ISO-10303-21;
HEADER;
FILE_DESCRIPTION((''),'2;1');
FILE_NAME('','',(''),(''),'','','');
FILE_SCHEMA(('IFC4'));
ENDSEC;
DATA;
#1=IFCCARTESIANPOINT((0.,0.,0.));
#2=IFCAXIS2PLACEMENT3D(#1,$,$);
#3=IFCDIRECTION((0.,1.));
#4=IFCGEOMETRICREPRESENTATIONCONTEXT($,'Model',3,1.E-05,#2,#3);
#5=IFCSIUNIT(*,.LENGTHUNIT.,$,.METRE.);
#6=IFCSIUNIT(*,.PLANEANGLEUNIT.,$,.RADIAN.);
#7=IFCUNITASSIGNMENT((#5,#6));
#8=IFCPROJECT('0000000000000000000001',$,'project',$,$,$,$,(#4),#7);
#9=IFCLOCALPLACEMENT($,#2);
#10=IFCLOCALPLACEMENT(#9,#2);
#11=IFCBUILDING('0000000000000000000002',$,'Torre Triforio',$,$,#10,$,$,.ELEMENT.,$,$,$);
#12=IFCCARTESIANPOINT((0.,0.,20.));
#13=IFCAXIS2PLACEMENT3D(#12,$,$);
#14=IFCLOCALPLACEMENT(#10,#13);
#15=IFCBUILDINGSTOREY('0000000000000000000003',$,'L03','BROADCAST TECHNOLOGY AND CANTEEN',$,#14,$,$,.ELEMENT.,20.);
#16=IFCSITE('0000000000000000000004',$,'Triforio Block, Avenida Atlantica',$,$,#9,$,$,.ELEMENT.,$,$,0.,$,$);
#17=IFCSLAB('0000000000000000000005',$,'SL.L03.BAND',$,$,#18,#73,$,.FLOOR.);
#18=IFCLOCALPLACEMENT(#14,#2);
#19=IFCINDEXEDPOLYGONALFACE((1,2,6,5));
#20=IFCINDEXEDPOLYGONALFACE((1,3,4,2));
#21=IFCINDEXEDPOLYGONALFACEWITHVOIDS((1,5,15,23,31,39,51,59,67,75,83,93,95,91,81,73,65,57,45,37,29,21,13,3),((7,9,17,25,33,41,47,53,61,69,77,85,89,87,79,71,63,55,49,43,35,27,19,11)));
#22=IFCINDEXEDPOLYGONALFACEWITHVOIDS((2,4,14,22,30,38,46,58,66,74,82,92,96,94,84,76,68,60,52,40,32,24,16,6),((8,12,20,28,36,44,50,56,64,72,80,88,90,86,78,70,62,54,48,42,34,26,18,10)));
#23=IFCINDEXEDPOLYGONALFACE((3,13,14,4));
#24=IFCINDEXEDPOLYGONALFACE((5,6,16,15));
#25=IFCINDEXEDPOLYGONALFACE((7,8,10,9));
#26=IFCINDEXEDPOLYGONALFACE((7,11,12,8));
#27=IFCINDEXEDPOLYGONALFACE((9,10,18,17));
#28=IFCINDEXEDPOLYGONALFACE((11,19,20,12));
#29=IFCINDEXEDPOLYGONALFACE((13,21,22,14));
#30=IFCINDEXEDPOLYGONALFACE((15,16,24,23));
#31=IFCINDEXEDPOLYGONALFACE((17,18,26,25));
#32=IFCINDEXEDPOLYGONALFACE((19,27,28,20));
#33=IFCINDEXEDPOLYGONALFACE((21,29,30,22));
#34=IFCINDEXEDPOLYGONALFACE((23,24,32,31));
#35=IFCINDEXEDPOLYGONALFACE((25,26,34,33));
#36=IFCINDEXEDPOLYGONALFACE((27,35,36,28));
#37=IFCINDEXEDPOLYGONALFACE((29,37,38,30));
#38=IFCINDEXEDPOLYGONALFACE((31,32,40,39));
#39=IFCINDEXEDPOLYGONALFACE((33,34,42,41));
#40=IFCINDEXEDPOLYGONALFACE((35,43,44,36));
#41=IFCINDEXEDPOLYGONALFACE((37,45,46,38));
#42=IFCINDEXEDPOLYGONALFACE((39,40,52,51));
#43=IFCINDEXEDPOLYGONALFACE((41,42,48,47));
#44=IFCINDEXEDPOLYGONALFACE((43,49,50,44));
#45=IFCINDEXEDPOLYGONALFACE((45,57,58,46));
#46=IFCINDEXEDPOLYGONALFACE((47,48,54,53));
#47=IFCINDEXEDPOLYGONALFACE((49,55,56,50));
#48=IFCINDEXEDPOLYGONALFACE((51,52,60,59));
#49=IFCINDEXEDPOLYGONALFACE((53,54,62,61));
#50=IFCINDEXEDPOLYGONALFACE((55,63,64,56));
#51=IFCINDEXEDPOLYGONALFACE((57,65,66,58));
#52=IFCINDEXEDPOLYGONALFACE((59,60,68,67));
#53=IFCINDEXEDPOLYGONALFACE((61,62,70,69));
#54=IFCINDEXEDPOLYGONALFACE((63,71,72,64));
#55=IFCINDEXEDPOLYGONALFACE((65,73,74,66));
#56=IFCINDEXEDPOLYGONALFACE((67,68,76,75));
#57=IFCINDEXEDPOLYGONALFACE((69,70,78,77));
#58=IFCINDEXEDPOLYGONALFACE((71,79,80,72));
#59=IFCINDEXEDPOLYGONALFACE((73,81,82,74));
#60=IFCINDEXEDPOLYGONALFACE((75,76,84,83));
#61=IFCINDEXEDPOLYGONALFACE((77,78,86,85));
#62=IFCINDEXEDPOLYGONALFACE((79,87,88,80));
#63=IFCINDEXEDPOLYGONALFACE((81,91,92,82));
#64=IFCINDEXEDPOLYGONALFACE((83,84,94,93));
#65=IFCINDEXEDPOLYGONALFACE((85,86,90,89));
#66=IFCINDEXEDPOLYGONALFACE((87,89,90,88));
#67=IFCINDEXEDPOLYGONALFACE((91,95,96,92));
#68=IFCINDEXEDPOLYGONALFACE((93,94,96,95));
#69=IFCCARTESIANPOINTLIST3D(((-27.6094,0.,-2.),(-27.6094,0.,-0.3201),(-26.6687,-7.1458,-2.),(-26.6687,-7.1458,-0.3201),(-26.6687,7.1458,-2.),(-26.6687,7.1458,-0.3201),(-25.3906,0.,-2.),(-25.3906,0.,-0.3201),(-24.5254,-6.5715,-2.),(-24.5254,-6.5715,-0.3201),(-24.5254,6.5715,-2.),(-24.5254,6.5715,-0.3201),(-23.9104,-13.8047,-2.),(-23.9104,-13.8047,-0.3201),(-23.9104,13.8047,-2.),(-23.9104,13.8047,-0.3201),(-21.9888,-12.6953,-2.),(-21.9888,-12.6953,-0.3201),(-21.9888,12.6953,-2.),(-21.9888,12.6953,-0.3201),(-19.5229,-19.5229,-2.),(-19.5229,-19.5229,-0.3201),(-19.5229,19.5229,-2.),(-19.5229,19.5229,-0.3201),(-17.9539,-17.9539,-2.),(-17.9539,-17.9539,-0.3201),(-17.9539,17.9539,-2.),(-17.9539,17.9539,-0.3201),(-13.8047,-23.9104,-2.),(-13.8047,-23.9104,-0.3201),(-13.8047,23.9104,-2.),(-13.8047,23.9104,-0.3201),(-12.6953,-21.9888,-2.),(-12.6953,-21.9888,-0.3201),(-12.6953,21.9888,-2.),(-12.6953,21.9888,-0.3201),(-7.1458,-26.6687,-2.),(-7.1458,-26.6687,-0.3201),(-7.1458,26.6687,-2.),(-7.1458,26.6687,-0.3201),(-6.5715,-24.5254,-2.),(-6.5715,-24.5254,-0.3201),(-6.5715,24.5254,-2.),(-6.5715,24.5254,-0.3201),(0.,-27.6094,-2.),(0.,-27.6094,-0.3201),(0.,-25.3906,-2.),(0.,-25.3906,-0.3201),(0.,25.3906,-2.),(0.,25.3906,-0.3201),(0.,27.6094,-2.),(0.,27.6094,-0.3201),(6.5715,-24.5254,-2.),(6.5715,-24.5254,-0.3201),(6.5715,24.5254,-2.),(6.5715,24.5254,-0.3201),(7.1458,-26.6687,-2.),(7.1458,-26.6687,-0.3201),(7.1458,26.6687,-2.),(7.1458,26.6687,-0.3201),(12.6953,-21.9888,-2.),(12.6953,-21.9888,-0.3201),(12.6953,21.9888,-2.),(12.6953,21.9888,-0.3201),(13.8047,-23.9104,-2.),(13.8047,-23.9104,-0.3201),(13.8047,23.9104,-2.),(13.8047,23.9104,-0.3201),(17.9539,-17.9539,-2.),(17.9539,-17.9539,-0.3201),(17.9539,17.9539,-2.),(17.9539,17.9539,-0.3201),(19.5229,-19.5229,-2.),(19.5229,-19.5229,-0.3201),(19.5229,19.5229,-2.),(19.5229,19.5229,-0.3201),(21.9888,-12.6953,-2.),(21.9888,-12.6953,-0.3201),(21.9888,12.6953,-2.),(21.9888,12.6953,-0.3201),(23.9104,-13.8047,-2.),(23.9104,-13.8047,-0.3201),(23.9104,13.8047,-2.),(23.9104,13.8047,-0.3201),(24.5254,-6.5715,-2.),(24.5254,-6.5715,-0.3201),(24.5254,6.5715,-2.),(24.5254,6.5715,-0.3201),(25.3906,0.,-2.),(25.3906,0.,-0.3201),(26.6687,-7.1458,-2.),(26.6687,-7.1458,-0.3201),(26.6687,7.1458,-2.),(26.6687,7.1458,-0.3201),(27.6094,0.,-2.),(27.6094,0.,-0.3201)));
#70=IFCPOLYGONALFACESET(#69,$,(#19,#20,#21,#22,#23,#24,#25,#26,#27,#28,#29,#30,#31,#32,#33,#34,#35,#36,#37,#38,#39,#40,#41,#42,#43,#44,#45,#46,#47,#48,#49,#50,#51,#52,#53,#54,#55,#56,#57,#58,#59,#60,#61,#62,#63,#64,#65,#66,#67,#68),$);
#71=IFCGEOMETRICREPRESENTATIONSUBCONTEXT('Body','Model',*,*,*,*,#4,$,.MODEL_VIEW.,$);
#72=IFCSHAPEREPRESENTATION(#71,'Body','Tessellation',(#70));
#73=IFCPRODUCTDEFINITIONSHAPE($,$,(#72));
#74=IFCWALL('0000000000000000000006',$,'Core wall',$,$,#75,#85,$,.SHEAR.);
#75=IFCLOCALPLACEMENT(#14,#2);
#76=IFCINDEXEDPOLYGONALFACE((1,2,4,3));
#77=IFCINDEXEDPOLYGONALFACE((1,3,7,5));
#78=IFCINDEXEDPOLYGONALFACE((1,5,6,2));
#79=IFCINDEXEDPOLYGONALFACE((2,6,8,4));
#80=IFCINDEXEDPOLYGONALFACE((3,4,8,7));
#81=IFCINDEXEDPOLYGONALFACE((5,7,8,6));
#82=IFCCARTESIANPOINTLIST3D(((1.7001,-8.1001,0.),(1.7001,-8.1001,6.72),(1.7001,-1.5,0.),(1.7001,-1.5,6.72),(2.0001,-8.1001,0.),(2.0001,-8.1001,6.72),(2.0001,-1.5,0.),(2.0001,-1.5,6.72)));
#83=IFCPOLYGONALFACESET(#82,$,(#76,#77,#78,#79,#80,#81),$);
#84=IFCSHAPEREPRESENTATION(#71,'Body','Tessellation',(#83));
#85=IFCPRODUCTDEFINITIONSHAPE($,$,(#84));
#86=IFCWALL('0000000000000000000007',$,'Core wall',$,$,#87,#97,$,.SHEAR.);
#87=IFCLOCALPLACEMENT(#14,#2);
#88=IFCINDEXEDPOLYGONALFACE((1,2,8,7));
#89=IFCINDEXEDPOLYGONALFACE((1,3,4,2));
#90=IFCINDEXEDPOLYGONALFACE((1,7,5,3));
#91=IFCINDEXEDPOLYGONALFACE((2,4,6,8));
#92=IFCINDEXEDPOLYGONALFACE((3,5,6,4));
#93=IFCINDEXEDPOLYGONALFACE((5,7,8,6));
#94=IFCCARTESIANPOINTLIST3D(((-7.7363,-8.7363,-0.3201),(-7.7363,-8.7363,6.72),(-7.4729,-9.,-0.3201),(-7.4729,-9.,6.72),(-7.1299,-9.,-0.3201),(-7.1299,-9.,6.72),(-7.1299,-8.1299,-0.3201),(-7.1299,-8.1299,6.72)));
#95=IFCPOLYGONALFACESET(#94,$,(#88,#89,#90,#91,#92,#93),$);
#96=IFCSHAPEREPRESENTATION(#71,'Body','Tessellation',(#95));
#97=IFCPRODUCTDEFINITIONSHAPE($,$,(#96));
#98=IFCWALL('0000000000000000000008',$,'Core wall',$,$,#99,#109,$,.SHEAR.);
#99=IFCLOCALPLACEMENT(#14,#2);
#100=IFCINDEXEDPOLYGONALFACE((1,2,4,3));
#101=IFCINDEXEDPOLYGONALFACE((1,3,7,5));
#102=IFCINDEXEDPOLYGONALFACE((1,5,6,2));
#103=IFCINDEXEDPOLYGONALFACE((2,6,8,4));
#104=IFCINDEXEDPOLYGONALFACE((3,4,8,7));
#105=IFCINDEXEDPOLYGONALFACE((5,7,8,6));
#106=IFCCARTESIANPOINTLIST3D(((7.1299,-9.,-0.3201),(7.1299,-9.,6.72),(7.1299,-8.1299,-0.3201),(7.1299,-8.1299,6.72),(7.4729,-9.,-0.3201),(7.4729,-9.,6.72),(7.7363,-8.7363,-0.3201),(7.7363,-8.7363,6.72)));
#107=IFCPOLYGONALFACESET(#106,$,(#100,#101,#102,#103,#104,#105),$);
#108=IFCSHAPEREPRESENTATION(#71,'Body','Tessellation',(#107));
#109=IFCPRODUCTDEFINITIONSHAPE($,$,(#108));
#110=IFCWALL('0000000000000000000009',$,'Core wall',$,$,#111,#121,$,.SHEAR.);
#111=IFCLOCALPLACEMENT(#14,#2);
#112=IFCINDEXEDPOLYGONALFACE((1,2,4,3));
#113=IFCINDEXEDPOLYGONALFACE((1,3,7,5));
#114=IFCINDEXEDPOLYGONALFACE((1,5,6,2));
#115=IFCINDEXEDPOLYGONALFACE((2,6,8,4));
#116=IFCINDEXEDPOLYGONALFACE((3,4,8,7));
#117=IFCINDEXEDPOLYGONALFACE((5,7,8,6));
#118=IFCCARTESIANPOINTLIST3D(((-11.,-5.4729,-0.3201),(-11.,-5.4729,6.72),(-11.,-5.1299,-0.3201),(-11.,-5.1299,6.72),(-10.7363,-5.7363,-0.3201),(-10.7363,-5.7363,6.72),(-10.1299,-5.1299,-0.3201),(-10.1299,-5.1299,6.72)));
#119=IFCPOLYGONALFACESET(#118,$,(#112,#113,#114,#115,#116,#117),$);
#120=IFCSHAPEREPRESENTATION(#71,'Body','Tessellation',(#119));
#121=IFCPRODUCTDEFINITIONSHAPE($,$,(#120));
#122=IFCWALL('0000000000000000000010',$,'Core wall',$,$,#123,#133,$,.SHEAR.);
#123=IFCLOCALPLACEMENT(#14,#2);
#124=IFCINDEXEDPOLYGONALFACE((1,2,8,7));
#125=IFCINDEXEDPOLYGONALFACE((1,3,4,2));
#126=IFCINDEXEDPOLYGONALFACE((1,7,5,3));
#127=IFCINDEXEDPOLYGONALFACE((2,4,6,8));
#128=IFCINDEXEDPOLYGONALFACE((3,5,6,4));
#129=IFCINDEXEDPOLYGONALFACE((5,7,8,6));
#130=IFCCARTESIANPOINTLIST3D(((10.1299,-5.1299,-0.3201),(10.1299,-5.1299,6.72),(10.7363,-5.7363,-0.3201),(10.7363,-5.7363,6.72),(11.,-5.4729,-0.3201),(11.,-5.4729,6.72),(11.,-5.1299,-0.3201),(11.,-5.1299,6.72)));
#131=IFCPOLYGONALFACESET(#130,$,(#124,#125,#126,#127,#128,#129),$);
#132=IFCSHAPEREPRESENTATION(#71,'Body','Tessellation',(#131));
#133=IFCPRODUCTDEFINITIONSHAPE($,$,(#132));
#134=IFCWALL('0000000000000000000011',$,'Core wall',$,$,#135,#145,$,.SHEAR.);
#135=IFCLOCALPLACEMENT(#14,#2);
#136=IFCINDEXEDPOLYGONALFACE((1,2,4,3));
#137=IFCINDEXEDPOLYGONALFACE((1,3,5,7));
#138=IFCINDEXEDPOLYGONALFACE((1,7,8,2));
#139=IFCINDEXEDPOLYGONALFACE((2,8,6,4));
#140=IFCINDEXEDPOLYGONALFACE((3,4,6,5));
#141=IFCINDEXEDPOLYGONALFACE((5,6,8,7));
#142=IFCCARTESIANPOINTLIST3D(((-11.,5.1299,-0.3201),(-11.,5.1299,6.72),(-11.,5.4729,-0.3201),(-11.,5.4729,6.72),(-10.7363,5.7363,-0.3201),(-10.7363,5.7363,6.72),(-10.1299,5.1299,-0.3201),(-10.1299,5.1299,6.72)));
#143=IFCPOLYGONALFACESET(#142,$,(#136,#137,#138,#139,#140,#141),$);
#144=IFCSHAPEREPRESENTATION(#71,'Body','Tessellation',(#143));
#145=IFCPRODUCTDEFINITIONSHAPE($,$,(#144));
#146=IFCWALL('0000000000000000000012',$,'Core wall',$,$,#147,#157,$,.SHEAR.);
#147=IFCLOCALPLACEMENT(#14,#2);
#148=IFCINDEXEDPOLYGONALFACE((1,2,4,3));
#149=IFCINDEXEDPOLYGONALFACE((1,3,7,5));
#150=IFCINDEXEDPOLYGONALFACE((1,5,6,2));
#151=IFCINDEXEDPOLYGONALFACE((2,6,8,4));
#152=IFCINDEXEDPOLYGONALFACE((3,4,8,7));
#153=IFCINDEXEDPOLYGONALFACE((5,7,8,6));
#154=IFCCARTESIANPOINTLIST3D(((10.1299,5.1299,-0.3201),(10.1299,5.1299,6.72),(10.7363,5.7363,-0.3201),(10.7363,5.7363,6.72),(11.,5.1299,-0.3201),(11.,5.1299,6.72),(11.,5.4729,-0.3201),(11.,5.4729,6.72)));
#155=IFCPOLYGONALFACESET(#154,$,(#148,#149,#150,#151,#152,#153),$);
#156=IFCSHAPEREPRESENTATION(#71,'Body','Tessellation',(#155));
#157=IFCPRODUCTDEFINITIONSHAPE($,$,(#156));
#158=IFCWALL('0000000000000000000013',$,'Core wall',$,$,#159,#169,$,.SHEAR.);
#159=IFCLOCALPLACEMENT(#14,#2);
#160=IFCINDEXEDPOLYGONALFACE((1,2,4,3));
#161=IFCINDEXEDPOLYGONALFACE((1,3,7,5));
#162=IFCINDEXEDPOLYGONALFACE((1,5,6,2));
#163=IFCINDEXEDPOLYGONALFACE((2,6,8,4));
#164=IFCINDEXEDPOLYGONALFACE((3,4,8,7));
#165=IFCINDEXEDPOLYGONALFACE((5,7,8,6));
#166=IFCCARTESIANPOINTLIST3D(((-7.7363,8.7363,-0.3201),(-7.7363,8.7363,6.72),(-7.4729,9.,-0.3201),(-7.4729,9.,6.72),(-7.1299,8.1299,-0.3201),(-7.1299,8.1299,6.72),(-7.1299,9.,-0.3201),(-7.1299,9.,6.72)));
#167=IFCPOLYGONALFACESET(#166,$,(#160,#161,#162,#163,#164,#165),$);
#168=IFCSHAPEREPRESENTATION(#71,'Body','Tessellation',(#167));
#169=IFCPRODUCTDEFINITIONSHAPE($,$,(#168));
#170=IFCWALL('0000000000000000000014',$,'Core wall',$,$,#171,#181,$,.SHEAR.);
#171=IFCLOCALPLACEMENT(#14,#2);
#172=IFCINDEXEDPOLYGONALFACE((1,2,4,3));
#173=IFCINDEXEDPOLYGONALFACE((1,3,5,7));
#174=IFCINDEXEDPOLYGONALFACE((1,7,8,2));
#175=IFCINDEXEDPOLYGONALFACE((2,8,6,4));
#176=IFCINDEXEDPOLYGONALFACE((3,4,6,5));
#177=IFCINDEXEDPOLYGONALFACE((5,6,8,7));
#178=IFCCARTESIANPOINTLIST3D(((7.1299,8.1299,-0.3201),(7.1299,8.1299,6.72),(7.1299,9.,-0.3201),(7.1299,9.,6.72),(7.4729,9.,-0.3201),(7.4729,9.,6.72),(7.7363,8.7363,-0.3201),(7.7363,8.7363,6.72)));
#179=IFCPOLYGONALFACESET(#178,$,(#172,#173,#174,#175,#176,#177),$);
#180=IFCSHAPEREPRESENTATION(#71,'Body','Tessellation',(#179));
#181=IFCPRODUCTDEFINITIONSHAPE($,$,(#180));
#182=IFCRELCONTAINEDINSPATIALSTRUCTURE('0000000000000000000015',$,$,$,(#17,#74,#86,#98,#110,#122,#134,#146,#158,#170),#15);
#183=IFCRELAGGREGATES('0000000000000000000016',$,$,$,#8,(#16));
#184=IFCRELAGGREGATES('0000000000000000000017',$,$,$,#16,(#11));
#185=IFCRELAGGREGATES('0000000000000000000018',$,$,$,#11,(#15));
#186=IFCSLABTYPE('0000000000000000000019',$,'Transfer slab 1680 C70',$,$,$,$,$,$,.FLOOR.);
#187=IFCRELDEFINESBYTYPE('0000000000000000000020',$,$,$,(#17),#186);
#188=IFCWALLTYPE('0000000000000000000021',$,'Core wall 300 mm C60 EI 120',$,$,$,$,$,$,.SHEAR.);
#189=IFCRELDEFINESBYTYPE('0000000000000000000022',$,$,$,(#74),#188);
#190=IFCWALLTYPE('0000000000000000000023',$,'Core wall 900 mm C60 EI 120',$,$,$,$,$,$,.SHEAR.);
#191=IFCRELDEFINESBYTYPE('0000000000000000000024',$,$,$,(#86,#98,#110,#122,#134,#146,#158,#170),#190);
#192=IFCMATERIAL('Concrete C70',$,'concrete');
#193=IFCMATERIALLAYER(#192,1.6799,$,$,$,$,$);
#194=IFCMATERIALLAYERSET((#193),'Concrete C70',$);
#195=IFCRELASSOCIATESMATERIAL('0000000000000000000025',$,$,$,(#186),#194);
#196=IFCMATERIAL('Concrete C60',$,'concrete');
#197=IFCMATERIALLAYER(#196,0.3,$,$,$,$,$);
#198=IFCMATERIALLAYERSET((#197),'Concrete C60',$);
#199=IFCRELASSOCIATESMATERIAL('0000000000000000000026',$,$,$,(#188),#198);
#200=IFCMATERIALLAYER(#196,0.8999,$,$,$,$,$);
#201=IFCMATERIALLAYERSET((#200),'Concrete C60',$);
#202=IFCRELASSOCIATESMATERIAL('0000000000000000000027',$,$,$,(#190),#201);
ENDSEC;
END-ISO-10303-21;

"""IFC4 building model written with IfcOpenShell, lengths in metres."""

from ifc_helpers import new_model, si_unit, direction, frame, frame_2d, origin, place, context, subcontext, project, spatial, polyline, rectangle, outline, extrude, material, layer, layer_set, type_object, element, save


model = new_model("IFC4")

# Units and contexts
model_context = context("Model", 3, precision=1e-05, world=origin(), true_north=direction((0.0, 1.0)))
body_context = subcontext(model_context, "Body", "Model", "MODEL_VIEW")
ifc_project = project(units=[si_unit("LENGTHUNIT", "METRE"), si_unit("PLANEANGLEUNIT", "RADIAN")], contexts=[model_context])

# Site, building, storey
site_placement = place(None, origin())
site = spatial("IfcSite", under=ifc_project, at=site_placement, Name="Triforio Block, Avenida Atlantica", CompositionType="ELEMENT", RefElevation=0.0)
building_placement = place(site_placement, origin())
building = spatial("IfcBuilding", under=site, at=building_placement, Name="Torre Triforio", CompositionType="ELEMENT")
storey_placement = place(building_placement, frame((0.0, 0.0, 20.0)))
storey = spatial("IfcBuildingStorey", under=building, at=storey_placement, Name="L03", Description="BROADCAST TECHNOLOGY AND CANTEEN", CompositionType="ELEMENT", Elevation=20.0)

# Shared definitions
ifc_material_1 = material(Name="Concrete C70", Category="concrete")

# Shared definitions
ifc_material_2 = material(Name="Concrete C60", Category="concrete")

# Slab
ifc_layer_1 = layer(ifc_material_1, 1.6799)
ifc_layer_set_1 = layer_set([ifc_layer_1], Name="Concrete C70")
slab_type_1 = type_object("IfcSlabType", Name="Transfer slab 1680 C70", PredefinedType="FLOOR", material=ifc_layer_set_1)
slab_1_placement = place(storey_placement, frame((0.0, 0.0, -2.0)))
element("IfcSlab", 1, at=slab_1_placement, inside=storey, type_object=slab_type_1, Name="SL.L03.BAND", PredefinedType="FLOOR", context=body_context, shape_type="SweptSolid", body=[
    extrude(outline(polyline([(23.9104, -13.8047), (26.6687, -7.1458), (27.6094, 0.0), (26.6687, 7.1458), (23.9104, 13.8047), (19.5229, 19.5229), (13.8047, 23.9104), (7.1458, 26.6687), (0.0, 27.6094), (-7.1458, 26.6687), (-13.8047, 23.9104), (-19.5229, 19.5229), (-23.9104, 13.8047), (-26.6687, 7.1458), (-27.6094, 0.0), (-26.6687, -7.1458), (-23.9104, -13.8047), (-19.5229, -19.5229), (-13.8047, -23.9104), (-7.1458, -26.6687), (0.0, -27.6094), (7.1458, -26.6687), (13.8047, -23.9104), (19.5229, -19.5229), (23.9104, -13.8047)]), holes=[polyline([(21.9888, 12.6953), (24.5254, 6.5715), (25.3906, 0.0), (24.5254, -6.5715), (21.9888, -12.6953), (17.9539, -17.9539), (12.6953, -21.9888), (6.5715, -24.5254), (0.0, -25.3906), (-6.5715, -24.5254), (-12.6953, -21.9888), (-17.9539, -17.9539), (-21.9888, -12.6953), (-24.5254, -6.5715), (-25.3906, 0.0), (-24.5254, 6.5715), (-21.9888, 12.6953), (-17.9539, 17.9539), (-12.6953, 21.9888), (-6.5715, 24.5254), (0.0, 25.3906), (6.5715, 24.5254), (12.6953, 21.9888), (17.9539, 17.9539), (21.9888, 12.6953)])]), origin(), (0.0, 0.0, 1.0), 1.6799),
])

# Walls
ifc_layer_2 = layer(ifc_material_2, 0.3)
ifc_layer_set_2 = layer_set([ifc_layer_2], Name="Concrete C60")
wall_type_1 = type_object("IfcWallType", Name="Core wall 300 mm C60 EI 120", PredefinedType="SHEAR", material=ifc_layer_set_2)
wall_1_placement = place(storey_placement, frame((1.8501, -8.1001, 0.0), z_axis=(0.0, 0.0, 1.0), x_axis=(0.0, 1.0, 0.0)))
element("IfcWall", 2, at=wall_1_placement, inside=storey, type_object=wall_type_1, Name="Core wall", PredefinedType="SHEAR", context=body_context, shape_type="SweptSolid", body=[
    extrude(rectangle(XDim=6.6001, YDim=0.3, at=frame_2d((3.3, 0.0))), origin(), (0.0, 0.0, 1.0), 6.72),
])
ifc_layer_3 = layer(ifc_material_2, 0.8999)
ifc_layer_set_3 = layer_set([ifc_layer_3], Name="Concrete C60")
wall_type_2 = type_object("IfcWallType", Name="Core wall 900 mm C60 EI 120", PredefinedType="SHEAR", material=ifc_layer_set_3)
wall_2_placement = place(storey_placement, frame((0.0, 0.0, -0.3201)))
element("IfcWall", 3, at=wall_2_placement, inside=storey, type_object=wall_type_2, Name="Core wall", PredefinedType="SHEAR", context=body_context, shape_type="SweptSolid", body=[
    extrude(outline(polyline([(-7.4729, -9.0), (-7.7363, -8.7363), (-7.1299, -8.1299), (-7.1299, -9.0), (-7.4729, -9.0)])), origin(), (0.0, 0.0, 1.0), 7.04),
])
wall_3_placement = place(storey_placement, frame((0.0, 0.0, -0.3201)))
element("IfcWall", 4, at=wall_3_placement, inside=storey, type_object=wall_type_2, Name="Core wall", PredefinedType="SHEAR", context=body_context, shape_type="SweptSolid", body=[
    extrude(outline(polyline([(7.4729, -9.0), (7.1299, -9.0), (7.1299, -8.1299), (7.7363, -8.7363), (7.4729, -9.0)])), origin(), (0.0, 0.0, 1.0), 7.04),
])
wall_4_placement = place(storey_placement, frame((0.0, 0.0, -0.3201)))
element("IfcWall", 5, at=wall_4_placement, inside=storey, type_object=wall_type_2, Name="Core wall", PredefinedType="SHEAR", context=body_context, shape_type="SweptSolid", body=[
    extrude(outline(polyline([(-11.0, -5.4729), (-11.0, -5.1299), (-10.1299, -5.1299), (-10.7363, -5.7363), (-11.0, -5.4729)])), origin(), (0.0, 0.0, 1.0), 7.04),
])
wall_5_placement = place(storey_placement, frame((0.0, 0.0, -0.3201)))
element("IfcWall", 6, at=wall_5_placement, inside=storey, type_object=wall_type_2, Name="Core wall", PredefinedType="SHEAR", context=body_context, shape_type="SweptSolid", body=[
    extrude(outline(polyline([(11.0, -5.4729), (10.7363, -5.7363), (10.1299, -5.1299), (11.0, -5.1299), (11.0, -5.4729)])), origin(), (0.0, 0.0, 1.0), 7.04),
])
wall_6_placement = place(storey_placement, frame((0.0, 0.0, -0.3201)))
element("IfcWall", 7, at=wall_6_placement, inside=storey, type_object=wall_type_2, Name="Core wall", PredefinedType="SHEAR", context=body_context, shape_type="SweptSolid", body=[
    extrude(outline(polyline([(-10.7363, 5.7363), (-10.1299, 5.1299), (-11.0, 5.1299), (-11.0, 5.4729), (-10.7363, 5.7363)])), origin(), (0.0, 0.0, 1.0), 7.04),
])
wall_7_placement = place(storey_placement, frame((0.0, 0.0, -0.3201)))
element("IfcWall", 8, at=wall_7_placement, inside=storey, type_object=wall_type_2, Name="Core wall", PredefinedType="SHEAR", context=body_context, shape_type="SweptSolid", body=[
    extrude(outline(polyline([(11.0, 5.4729), (11.0, 5.1299), (10.1299, 5.1299), (10.7363, 5.7363), (11.0, 5.4729)])), origin(), (0.0, 0.0, 1.0), 7.04),
])
wall_8_placement = place(storey_placement, frame((0.0, 0.0, -0.3201)))
element("IfcWall", 9, at=wall_8_placement, inside=storey, type_object=wall_type_2, Name="Core wall", PredefinedType="SHEAR", context=body_context, shape_type="SweptSolid", body=[
    extrude(outline(polyline([(-7.4729, 9.0), (-7.1299, 9.0), (-7.1299, 8.1299), (-7.7363, 8.7363), (-7.4729, 9.0)])), origin(), (0.0, 0.0, 1.0), 7.04),
])
wall_9_placement = place(storey_placement, frame((0.0, 0.0, -0.3201)))
element("IfcWall", 10, at=wall_9_placement, inside=storey, type_object=wall_type_2, Name="Core wall", PredefinedType="SHEAR", context=body_context, shape_type="SweptSolid", body=[
    extrude(outline(polyline([(7.4729, 9.0), (7.7363, 8.7363), (7.1299, 8.1299), (7.1299, 9.0), (7.4729, 9.0)])), origin(), (0.0, 0.0, 1.0), 7.04),
])

save(model, "model.ifc")
